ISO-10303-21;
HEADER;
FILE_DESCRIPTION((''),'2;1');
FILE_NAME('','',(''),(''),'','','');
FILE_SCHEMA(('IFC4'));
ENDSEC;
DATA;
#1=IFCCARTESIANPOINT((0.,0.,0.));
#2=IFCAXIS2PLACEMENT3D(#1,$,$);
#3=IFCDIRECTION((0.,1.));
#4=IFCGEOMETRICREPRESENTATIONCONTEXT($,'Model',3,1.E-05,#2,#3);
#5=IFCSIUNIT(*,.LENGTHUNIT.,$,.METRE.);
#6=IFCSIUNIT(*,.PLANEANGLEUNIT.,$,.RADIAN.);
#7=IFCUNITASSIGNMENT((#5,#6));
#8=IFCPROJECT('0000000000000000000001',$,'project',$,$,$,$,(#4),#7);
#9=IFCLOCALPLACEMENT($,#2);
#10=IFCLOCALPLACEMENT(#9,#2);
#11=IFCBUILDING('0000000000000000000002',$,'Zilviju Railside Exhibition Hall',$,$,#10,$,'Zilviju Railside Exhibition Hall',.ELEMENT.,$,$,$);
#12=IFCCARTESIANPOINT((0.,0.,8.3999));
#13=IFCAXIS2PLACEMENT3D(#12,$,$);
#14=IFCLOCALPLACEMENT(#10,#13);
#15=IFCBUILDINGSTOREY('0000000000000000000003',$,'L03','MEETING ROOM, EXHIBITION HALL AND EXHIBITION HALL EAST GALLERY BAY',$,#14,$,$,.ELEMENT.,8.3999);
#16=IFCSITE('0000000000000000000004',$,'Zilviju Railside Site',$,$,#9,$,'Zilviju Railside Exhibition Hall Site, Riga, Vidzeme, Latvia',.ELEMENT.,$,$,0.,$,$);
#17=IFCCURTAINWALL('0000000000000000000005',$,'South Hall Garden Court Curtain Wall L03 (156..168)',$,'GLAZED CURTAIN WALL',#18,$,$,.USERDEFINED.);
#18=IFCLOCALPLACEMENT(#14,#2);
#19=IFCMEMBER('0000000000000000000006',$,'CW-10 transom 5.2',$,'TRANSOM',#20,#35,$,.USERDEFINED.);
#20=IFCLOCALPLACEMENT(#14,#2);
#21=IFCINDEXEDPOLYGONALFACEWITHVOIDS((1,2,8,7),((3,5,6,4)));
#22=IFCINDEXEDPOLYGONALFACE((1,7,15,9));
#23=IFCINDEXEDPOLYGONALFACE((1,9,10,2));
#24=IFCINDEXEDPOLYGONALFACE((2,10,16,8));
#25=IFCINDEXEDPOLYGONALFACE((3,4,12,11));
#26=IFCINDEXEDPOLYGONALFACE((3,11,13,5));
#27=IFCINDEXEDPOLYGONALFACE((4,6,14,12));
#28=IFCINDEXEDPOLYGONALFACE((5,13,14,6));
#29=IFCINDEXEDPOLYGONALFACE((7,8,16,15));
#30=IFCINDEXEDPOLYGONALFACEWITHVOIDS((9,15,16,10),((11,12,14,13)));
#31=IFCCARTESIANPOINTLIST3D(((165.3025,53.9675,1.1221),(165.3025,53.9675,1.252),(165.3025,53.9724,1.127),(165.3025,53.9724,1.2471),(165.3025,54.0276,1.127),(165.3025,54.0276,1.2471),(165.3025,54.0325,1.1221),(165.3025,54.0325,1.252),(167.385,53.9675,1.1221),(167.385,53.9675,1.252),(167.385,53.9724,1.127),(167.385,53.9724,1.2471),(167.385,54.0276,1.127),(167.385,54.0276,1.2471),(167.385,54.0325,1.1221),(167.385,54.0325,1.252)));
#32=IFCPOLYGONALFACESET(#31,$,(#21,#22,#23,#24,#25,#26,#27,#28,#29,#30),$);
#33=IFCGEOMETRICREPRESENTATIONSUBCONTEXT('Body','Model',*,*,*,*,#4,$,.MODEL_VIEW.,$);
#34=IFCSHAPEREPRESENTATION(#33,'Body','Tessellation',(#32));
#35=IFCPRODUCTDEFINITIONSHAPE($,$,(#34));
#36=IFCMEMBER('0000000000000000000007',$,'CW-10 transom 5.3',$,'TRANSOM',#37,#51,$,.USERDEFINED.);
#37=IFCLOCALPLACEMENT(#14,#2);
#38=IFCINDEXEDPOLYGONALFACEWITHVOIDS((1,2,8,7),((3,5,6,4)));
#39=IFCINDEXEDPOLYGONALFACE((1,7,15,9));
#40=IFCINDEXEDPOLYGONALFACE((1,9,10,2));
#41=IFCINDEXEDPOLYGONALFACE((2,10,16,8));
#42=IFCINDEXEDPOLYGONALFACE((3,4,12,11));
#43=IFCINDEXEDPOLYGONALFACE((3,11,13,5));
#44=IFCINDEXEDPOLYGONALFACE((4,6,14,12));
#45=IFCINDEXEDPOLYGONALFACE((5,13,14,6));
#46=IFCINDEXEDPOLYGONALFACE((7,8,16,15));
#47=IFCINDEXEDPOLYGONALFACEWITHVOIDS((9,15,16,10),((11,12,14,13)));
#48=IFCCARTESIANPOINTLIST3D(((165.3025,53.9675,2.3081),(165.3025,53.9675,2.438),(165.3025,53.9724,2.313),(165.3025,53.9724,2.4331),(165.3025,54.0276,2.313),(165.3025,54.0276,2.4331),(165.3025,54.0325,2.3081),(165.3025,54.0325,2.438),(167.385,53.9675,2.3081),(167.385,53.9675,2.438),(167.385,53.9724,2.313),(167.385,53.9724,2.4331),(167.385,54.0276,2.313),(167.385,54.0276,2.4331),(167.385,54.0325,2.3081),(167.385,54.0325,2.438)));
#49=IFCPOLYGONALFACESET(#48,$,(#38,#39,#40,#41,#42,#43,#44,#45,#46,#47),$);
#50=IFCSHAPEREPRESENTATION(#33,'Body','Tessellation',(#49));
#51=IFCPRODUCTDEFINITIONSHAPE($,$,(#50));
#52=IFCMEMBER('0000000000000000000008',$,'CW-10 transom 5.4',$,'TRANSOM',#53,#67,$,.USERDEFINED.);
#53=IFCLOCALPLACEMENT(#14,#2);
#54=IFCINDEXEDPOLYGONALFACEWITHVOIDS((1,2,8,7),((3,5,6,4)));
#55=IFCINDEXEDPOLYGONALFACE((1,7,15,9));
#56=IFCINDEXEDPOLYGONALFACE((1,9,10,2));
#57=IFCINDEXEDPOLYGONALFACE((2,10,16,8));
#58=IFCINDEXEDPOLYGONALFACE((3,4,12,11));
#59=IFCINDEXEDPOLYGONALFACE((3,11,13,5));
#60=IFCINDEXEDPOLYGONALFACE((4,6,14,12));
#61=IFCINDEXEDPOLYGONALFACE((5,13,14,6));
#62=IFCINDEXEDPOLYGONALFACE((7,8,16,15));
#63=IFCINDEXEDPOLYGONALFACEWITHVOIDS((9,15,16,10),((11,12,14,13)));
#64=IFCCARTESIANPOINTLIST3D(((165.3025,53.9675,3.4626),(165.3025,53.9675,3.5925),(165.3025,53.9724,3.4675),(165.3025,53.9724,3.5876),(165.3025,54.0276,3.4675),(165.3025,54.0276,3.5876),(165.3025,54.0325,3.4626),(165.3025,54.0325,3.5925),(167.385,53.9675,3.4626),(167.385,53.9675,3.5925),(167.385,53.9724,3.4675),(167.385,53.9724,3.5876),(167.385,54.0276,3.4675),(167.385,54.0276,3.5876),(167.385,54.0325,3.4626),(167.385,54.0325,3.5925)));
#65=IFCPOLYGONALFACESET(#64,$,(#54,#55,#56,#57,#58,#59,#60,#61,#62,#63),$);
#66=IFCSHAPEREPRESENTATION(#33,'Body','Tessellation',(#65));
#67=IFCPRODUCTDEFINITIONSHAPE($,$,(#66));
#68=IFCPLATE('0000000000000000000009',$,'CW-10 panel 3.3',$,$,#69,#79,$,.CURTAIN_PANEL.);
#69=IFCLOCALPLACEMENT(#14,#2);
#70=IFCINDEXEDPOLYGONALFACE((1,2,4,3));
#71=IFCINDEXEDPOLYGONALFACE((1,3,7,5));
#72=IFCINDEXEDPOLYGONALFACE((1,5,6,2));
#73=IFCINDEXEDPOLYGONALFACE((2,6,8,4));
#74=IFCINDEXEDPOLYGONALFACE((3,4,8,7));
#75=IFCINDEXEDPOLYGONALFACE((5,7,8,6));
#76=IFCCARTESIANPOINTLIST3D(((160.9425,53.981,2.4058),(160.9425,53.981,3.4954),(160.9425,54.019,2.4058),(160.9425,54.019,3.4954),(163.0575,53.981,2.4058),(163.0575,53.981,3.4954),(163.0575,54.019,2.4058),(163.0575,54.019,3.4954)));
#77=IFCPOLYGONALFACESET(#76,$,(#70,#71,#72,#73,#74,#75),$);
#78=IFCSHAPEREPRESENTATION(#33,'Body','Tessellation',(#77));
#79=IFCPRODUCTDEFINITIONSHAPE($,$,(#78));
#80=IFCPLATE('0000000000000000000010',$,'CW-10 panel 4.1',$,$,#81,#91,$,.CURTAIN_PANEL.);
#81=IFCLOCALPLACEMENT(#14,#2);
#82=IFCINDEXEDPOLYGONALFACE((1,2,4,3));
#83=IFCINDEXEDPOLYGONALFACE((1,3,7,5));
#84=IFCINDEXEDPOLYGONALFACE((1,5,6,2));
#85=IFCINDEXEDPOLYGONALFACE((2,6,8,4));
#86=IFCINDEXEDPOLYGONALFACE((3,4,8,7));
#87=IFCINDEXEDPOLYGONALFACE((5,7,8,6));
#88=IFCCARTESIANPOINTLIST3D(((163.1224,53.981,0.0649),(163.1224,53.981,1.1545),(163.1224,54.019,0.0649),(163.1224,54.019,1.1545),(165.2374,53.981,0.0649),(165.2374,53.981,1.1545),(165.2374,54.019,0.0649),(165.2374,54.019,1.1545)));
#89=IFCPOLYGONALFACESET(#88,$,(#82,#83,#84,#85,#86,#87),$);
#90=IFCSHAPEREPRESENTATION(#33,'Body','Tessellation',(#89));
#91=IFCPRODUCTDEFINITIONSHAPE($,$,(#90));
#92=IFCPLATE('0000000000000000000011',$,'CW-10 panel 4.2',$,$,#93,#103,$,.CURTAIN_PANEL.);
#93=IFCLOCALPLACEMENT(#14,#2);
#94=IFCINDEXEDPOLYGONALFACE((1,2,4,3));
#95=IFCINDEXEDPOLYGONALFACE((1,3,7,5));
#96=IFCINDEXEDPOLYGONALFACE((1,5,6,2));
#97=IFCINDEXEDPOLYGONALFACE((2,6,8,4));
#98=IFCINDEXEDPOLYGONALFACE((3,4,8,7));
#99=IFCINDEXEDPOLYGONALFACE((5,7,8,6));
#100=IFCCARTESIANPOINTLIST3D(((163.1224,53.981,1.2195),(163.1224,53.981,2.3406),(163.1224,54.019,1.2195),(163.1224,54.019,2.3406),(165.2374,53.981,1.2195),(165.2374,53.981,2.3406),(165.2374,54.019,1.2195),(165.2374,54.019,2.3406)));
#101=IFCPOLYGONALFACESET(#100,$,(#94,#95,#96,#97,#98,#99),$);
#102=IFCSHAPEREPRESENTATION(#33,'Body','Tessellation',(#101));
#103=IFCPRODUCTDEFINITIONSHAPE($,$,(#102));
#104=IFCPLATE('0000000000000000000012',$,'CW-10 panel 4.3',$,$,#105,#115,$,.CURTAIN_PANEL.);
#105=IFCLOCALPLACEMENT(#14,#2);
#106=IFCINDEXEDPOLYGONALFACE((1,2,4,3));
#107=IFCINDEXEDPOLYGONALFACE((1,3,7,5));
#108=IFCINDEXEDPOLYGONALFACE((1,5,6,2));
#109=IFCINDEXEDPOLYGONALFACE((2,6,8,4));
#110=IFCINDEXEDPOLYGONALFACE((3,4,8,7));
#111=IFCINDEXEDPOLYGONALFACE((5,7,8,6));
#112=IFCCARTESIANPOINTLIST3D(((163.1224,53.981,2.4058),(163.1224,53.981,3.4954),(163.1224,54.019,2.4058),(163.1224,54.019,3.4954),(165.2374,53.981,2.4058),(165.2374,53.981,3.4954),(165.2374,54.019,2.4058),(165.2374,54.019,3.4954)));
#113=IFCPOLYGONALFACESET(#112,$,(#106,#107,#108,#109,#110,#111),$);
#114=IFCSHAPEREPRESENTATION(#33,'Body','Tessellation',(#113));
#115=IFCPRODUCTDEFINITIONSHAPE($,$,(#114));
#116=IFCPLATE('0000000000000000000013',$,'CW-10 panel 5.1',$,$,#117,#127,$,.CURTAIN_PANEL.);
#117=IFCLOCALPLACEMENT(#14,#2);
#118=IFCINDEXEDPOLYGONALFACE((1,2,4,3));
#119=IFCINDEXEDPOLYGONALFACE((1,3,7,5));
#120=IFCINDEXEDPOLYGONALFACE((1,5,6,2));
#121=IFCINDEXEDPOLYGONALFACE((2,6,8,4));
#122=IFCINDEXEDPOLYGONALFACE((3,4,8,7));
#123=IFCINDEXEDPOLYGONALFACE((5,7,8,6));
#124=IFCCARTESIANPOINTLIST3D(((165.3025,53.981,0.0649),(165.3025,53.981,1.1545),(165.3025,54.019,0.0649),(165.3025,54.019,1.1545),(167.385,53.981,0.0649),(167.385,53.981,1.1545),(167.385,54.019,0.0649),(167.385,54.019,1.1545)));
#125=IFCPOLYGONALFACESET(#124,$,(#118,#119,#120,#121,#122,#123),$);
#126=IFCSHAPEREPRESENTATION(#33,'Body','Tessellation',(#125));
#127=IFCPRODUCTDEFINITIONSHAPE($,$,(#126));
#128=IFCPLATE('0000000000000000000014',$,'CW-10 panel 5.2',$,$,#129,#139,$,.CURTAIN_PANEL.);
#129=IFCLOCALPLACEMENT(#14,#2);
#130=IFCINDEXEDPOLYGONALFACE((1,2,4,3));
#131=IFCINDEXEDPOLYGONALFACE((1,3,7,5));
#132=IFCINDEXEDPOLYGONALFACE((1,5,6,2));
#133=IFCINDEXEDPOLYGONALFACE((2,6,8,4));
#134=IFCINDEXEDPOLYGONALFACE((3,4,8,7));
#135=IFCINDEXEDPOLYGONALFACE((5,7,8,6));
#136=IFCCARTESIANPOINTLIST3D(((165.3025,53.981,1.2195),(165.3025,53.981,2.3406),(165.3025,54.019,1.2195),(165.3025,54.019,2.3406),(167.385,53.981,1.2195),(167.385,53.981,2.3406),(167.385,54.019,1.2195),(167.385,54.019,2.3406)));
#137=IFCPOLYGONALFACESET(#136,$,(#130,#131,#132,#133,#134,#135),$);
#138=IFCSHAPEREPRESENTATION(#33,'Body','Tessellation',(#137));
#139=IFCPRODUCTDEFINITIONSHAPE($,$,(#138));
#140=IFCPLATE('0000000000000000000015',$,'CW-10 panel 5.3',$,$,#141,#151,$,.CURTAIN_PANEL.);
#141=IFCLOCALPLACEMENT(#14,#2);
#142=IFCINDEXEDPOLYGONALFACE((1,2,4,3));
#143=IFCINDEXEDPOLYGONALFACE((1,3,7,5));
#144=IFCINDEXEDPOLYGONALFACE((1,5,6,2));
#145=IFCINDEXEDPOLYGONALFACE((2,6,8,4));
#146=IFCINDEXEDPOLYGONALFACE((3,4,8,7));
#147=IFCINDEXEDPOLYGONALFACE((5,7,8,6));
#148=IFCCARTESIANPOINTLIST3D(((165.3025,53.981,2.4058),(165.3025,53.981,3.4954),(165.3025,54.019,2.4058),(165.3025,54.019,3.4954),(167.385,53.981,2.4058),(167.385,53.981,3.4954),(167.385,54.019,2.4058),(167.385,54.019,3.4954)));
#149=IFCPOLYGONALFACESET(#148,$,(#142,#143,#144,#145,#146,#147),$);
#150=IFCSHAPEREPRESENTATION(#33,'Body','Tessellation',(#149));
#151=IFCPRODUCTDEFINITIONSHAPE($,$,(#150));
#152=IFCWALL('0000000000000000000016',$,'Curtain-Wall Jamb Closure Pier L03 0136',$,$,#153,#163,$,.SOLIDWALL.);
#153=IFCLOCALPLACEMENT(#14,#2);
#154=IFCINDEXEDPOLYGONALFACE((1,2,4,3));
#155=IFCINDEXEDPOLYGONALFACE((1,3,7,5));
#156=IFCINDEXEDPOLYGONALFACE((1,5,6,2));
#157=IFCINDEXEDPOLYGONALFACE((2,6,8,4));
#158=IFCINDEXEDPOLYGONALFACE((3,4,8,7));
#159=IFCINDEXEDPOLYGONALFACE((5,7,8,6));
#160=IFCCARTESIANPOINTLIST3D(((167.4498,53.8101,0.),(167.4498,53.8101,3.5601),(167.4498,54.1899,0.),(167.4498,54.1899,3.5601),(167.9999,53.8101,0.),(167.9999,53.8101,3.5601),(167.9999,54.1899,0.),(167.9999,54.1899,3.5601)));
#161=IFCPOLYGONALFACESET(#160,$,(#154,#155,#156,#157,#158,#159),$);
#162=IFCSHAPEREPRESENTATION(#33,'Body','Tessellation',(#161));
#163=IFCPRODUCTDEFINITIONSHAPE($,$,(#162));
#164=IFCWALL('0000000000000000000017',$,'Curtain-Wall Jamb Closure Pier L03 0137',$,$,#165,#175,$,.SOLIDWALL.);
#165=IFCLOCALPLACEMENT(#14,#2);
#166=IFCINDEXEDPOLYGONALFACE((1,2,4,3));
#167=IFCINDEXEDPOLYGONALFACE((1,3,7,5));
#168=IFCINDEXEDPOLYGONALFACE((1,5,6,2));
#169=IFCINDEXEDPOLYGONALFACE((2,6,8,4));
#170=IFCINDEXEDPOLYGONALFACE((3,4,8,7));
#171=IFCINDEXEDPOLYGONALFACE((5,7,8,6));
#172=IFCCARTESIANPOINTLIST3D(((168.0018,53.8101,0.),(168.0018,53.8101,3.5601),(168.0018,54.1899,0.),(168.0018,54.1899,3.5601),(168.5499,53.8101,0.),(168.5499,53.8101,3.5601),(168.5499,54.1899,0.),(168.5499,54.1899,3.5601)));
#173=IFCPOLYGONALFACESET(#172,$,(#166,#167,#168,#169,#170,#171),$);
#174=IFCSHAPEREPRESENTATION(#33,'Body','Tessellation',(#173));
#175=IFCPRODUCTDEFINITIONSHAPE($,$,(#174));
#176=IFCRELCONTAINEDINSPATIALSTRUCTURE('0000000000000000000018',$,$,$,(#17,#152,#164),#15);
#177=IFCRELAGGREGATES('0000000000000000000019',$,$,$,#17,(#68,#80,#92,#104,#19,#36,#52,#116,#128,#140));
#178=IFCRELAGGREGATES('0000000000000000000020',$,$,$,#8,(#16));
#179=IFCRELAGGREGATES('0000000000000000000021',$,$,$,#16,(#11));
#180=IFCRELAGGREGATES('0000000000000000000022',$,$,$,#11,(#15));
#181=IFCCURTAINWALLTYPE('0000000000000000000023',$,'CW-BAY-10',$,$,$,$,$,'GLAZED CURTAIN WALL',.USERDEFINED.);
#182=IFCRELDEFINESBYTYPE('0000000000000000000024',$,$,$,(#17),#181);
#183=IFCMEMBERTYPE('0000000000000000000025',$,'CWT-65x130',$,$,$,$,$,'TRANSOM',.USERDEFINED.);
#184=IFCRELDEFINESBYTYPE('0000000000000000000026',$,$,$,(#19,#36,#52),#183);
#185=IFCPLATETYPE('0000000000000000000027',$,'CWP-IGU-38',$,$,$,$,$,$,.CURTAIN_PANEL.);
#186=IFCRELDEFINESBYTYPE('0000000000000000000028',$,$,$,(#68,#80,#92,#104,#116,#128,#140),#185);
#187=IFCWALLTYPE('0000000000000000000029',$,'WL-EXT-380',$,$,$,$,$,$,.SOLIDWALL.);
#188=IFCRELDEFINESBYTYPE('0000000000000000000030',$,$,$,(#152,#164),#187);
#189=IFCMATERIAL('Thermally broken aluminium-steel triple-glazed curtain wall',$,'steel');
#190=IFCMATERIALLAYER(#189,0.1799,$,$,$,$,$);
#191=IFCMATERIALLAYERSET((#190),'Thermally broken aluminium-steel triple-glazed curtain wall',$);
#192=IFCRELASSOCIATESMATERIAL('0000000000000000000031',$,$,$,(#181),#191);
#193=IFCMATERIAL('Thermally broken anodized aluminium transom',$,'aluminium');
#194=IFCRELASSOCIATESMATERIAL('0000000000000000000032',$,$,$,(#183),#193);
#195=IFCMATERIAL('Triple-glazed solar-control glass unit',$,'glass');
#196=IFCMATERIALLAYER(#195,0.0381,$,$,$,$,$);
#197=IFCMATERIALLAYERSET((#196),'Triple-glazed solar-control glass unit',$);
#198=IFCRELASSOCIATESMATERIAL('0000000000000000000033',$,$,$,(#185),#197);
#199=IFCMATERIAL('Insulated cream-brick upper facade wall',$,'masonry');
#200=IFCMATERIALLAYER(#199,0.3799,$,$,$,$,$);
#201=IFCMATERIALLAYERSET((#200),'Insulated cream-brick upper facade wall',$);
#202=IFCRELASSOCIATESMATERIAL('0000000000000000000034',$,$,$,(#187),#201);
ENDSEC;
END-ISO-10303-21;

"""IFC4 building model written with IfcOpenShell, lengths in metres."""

from ifc_helpers import new_model, si_unit, direction, frame, frame_2d, origin, origin_2d, place, context, subcontext, project, spatial, rectangle, hollow_rectangle, extrude, material, layer, layer_set, material_profile, profile_set, type_object, element, aggregate, save


model = new_model("IFC4")

# Units and contexts
model_context = context("Model", 3, precision=1e-05, world=origin(), true_north=direction((0.0, 1.0)))
body_context = subcontext(model_context, "Body", "Model", "MODEL_VIEW")
ifc_project = project(units=[si_unit("LENGTHUNIT", "METRE"), si_unit("PLANEANGLEUNIT", "RADIAN")], contexts=[model_context])

# Site, building, storey
site_placement = place(None, origin())
site = spatial("IfcSite", under=ifc_project, at=site_placement, Name="Zilviju Railside Site", LongName="Zilviju Railside Exhibition Hall Site, Riga, Vidzeme, Latvia", CompositionType="ELEMENT", RefElevation=0.0)
building_placement = place(site_placement, origin())
building = spatial("IfcBuilding", under=site, at=building_placement, Name="Zilviju Railside Exhibition Hall", LongName="Zilviju Railside Exhibition Hall", CompositionType="ELEMENT")
storey_placement = place(building_placement, frame((0.0, 0.0, 8.3999)))
storey = spatial("IfcBuildingStorey", under=building, at=storey_placement, Name="L03", Description="MEETING ROOM, EXHIBITION HALL AND EXHIBITION HALL EAST GALLERY BAY", CompositionType="ELEMENT", Elevation=8.3999)

# Curtain wall, members, plates
ifc_material_1 = material(Name="Thermally broken aluminium-steel triple-glazed curtain wall", Category="steel")
ifc_layer_1 = layer(ifc_material_1, 0.1799)
ifc_layer_set_1 = layer_set([ifc_layer_1], Name="Thermally broken aluminium-steel triple-glazed curtain wall")
curtain_wall_type = type_object("IfcCurtainWallType", Name="CW-BAY-10", ElementType="GLAZED CURTAIN WALL", PredefinedType="USERDEFINED", material=ifc_layer_set_1)
curtain_wall_placement = place(storey_placement, origin())
curtain_wall = element("IfcCurtainWall", 1, at=curtain_wall_placement, inside=storey, type_object=curtain_wall_type, Name="South Hall Garden Court Curtain Wall L03 (156..168)", ObjectType="GLAZED CURTAIN WALL", PredefinedType="USERDEFINED")
ifc_material_2 = material(Name="Thermally broken anodized aluminium transom", Category="aluminium")
ifc_material_profile_1 = material_profile(ifc_material_2, hollow_rectangle(XDim=0.0649, YDim=0.1299, WallThickness=0.0049, at=origin_2d()), Name="TRANSOM 130x65x5")
ifc_profile_set_1 = profile_set([ifc_material_profile_1], Name="Thermally broken anodized aluminium transom")
member_type_1 = type_object("IfcMemberType", Name="CWT-65x130", ElementType="TRANSOM", PredefinedType="USERDEFINED", material=ifc_profile_set_1)
member_1_placement = place(storey_placement, frame((165.3025, 54.0, 1.187), z_axis=(1.0, 0.0, 0.0), x_axis=(0.0, 1.0, 0.0)))
member_1 = element("IfcMember", 2, at=member_1_placement, type_object=member_type_1, Name="CW-10 transom 5.2", ObjectType="TRANSOM", PredefinedType="USERDEFINED", context=body_context, shape_type="SweptSolid", body=[
    extrude(hollow_rectangle(XDim=0.0649, YDim=0.1299, WallThickness=0.0049, at=origin_2d()), origin(), (0.0, 0.0, 1.0), 2.0825),
])
member_2_placement = place(storey_placement, frame((165.3025, 54.0, 2.373), z_axis=(1.0, 0.0, 0.0), x_axis=(0.0, 1.0, 0.0)))
member_2 = element("IfcMember", 3, at=member_2_placement, type_object=member_type_1, Name="CW-10 transom 5.3", ObjectType="TRANSOM", PredefinedType="USERDEFINED", context=body_context, shape_type="SweptSolid", body=[
    extrude(hollow_rectangle(XDim=0.0649, YDim=0.1299, WallThickness=0.0049, at=origin_2d()), origin(), (0.0, 0.0, 1.0), 2.0825),
])
member_3_placement = place(storey_placement, frame((165.3025, 54.0, 3.5276), z_axis=(1.0, 0.0, 0.0), x_axis=(0.0, 1.0, 0.0)))
member_3 = element("IfcMember", 4, at=member_3_placement, type_object=member_type_1, Name="CW-10 transom 5.4", ObjectType="TRANSOM", PredefinedType="USERDEFINED", context=body_context, shape_type="SweptSolid", body=[
    extrude(hollow_rectangle(XDim=0.0649, YDim=0.1299, WallThickness=0.0049, at=origin_2d()), origin(), (0.0, 0.0, 1.0), 2.0825),
])
ifc_material_3 = material(Name="Triple-glazed solar-control glass unit", Category="glass")
ifc_layer_2 = layer(ifc_material_3, 0.0381)
ifc_layer_set_2 = layer_set([ifc_layer_2], Name="Triple-glazed solar-control glass unit")
plate_type = type_object("IfcPlateType", Name="CWP-IGU-38", PredefinedType="CURTAIN_PANEL", material=ifc_layer_set_2)
plate_1_placement = place(storey_placement, frame((162.0, 54.0, 2.4058), z_axis=(0.0, 0.0, 1.0), x_axis=(1.0, 0.0, 0.0)))
plate_1 = element("IfcPlate", 5, at=plate_1_placement, type_object=plate_type, Name="CW-10 panel 3.3", PredefinedType="CURTAIN_PANEL", context=body_context, shape_type="SweptSolid", body=[
    extrude(rectangle(XDim=2.115, YDim=0.0381, at=origin_2d()), origin(), (0.0, 0.0, 1.0), 1.0896),
])
plate_2_placement = place(storey_placement, frame((164.1799, 54.0, 0.0649), z_axis=(0.0, 0.0, 1.0), x_axis=(1.0, 0.0, 0.0)))
plate_2 = element("IfcPlate", 6, at=plate_2_placement, type_object=plate_type, Name="CW-10 panel 4.1", PredefinedType="CURTAIN_PANEL", context=body_context, shape_type="SweptSolid", body=[
    extrude(rectangle(XDim=2.115, YDim=0.0381, at=origin_2d()), origin(), (0.0, 0.0, 1.0), 1.0896),
])
plate_3_placement = place(storey_placement, frame((164.1799, 54.0, 1.2195), z_axis=(0.0, 0.0, 1.0), x_axis=(1.0, 0.0, 0.0)))
plate_3 = element("IfcPlate", 7, at=plate_3_placement, type_object=plate_type, Name="CW-10 panel 4.2", PredefinedType="CURTAIN_PANEL", context=body_context, shape_type="SweptSolid", body=[
    extrude(rectangle(XDim=2.115, YDim=0.0381, at=origin_2d()), origin(), (0.0, 0.0, 1.0), 1.1211),
])
plate_4_placement = place(storey_placement, frame((164.1799, 54.0, 2.4058), z_axis=(0.0, 0.0, 1.0), x_axis=(1.0, 0.0, 0.0)))
plate_4 = element("IfcPlate", 8, at=plate_4_placement, type_object=plate_type, Name="CW-10 panel 4.3", PredefinedType="CURTAIN_PANEL", context=body_context, shape_type="SweptSolid", body=[
    extrude(rectangle(XDim=2.115, YDim=0.0381, at=origin_2d()), origin(), (0.0, 0.0, 1.0), 1.0896),
])
plate_5_placement = place(storey_placement, frame((166.3438, 54.0, 0.0649), z_axis=(0.0, 0.0, 1.0), x_axis=(1.0, 0.0, 0.0)))
plate_5 = element("IfcPlate", 9, at=plate_5_placement, type_object=plate_type, Name="CW-10 panel 5.1", PredefinedType="CURTAIN_PANEL", context=body_context, shape_type="SweptSolid", body=[
    extrude(rectangle(XDim=2.0825, YDim=0.0381, at=origin_2d()), origin(), (0.0, 0.0, 1.0), 1.0896),
])
plate_6_placement = place(storey_placement, frame((166.3438, 54.0, 1.2195), z_axis=(0.0, 0.0, 1.0), x_axis=(1.0, 0.0, 0.0)))
plate_6 = element("IfcPlate", 10, at=plate_6_placement, type_object=plate_type, Name="CW-10 panel 5.2", PredefinedType="CURTAIN_PANEL", context=body_context, shape_type="SweptSolid", body=[
    extrude(rectangle(XDim=2.0825, YDim=0.0381, at=origin_2d()), origin(), (0.0, 0.0, 1.0), 1.1211),
])
plate_7_placement = place(storey_placement, frame((166.3438, 54.0, 2.4058), z_axis=(0.0, 0.0, 1.0), x_axis=(1.0, 0.0, 0.0)))
plate_7 = element("IfcPlate", 11, at=plate_7_placement, type_object=plate_type, Name="CW-10 panel 5.3", PredefinedType="CURTAIN_PANEL", context=body_context, shape_type="SweptSolid", body=[
    extrude(rectangle(XDim=2.0825, YDim=0.0381, at=origin_2d()), origin(), (0.0, 0.0, 1.0), 1.0896),
])
aggregate(curtain_wall, [plate_1, plate_2, plate_3, plate_4, member_1, member_2, member_3, plate_5, plate_6, plate_7])

# Walls
ifc_material_4 = material(Name="Insulated cream-brick upper facade wall", Category="masonry")
ifc_layer_3 = layer(ifc_material_4, 0.3799)
ifc_layer_set_3 = layer_set([ifc_layer_3], Name="Insulated cream-brick upper facade wall")
wall_type = type_object("IfcWallType", Name="WL-EXT-380", PredefinedType="SOLIDWALL", material=ifc_layer_set_3)
wall_1_placement = place(storey_placement, frame((167.45, 54.0, 0.0), z_axis=(0.0, 0.0, 1.0), x_axis=(1.0, 0.0, 0.0)))
element("IfcWall", 12, at=wall_1_placement, inside=storey, type_object=wall_type, Name="Curtain-Wall Jamb Closure Pier L03 0136", PredefinedType="SOLIDWALL", context=body_context, shape_type="SweptSolid", body=[
    extrude(rectangle(XDim=0.55, YDim=0.3799, at=frame_2d((0.2749, 0.0))), origin(), (0.0, 0.0, 1.0), 3.5601),
])
wall_2_placement = place(storey_placement, frame((168.002, 54.0, 0.0), z_axis=(0.0, 0.0, 1.0), x_axis=(1.0, 0.0, 0.0)))
element("IfcWall", 13, at=wall_2_placement, inside=storey, type_object=wall_type, Name="Curtain-Wall Jamb Closure Pier L03 0137", PredefinedType="SOLIDWALL", context=body_context, shape_type="SweptSolid", body=[
    extrude(rectangle(XDim=0.5481, YDim=0.3799, at=frame_2d((0.2739, 0.0))), origin(), (0.0, 0.0, 1.0), 3.5601),
])

save(model, "model.ifc")
